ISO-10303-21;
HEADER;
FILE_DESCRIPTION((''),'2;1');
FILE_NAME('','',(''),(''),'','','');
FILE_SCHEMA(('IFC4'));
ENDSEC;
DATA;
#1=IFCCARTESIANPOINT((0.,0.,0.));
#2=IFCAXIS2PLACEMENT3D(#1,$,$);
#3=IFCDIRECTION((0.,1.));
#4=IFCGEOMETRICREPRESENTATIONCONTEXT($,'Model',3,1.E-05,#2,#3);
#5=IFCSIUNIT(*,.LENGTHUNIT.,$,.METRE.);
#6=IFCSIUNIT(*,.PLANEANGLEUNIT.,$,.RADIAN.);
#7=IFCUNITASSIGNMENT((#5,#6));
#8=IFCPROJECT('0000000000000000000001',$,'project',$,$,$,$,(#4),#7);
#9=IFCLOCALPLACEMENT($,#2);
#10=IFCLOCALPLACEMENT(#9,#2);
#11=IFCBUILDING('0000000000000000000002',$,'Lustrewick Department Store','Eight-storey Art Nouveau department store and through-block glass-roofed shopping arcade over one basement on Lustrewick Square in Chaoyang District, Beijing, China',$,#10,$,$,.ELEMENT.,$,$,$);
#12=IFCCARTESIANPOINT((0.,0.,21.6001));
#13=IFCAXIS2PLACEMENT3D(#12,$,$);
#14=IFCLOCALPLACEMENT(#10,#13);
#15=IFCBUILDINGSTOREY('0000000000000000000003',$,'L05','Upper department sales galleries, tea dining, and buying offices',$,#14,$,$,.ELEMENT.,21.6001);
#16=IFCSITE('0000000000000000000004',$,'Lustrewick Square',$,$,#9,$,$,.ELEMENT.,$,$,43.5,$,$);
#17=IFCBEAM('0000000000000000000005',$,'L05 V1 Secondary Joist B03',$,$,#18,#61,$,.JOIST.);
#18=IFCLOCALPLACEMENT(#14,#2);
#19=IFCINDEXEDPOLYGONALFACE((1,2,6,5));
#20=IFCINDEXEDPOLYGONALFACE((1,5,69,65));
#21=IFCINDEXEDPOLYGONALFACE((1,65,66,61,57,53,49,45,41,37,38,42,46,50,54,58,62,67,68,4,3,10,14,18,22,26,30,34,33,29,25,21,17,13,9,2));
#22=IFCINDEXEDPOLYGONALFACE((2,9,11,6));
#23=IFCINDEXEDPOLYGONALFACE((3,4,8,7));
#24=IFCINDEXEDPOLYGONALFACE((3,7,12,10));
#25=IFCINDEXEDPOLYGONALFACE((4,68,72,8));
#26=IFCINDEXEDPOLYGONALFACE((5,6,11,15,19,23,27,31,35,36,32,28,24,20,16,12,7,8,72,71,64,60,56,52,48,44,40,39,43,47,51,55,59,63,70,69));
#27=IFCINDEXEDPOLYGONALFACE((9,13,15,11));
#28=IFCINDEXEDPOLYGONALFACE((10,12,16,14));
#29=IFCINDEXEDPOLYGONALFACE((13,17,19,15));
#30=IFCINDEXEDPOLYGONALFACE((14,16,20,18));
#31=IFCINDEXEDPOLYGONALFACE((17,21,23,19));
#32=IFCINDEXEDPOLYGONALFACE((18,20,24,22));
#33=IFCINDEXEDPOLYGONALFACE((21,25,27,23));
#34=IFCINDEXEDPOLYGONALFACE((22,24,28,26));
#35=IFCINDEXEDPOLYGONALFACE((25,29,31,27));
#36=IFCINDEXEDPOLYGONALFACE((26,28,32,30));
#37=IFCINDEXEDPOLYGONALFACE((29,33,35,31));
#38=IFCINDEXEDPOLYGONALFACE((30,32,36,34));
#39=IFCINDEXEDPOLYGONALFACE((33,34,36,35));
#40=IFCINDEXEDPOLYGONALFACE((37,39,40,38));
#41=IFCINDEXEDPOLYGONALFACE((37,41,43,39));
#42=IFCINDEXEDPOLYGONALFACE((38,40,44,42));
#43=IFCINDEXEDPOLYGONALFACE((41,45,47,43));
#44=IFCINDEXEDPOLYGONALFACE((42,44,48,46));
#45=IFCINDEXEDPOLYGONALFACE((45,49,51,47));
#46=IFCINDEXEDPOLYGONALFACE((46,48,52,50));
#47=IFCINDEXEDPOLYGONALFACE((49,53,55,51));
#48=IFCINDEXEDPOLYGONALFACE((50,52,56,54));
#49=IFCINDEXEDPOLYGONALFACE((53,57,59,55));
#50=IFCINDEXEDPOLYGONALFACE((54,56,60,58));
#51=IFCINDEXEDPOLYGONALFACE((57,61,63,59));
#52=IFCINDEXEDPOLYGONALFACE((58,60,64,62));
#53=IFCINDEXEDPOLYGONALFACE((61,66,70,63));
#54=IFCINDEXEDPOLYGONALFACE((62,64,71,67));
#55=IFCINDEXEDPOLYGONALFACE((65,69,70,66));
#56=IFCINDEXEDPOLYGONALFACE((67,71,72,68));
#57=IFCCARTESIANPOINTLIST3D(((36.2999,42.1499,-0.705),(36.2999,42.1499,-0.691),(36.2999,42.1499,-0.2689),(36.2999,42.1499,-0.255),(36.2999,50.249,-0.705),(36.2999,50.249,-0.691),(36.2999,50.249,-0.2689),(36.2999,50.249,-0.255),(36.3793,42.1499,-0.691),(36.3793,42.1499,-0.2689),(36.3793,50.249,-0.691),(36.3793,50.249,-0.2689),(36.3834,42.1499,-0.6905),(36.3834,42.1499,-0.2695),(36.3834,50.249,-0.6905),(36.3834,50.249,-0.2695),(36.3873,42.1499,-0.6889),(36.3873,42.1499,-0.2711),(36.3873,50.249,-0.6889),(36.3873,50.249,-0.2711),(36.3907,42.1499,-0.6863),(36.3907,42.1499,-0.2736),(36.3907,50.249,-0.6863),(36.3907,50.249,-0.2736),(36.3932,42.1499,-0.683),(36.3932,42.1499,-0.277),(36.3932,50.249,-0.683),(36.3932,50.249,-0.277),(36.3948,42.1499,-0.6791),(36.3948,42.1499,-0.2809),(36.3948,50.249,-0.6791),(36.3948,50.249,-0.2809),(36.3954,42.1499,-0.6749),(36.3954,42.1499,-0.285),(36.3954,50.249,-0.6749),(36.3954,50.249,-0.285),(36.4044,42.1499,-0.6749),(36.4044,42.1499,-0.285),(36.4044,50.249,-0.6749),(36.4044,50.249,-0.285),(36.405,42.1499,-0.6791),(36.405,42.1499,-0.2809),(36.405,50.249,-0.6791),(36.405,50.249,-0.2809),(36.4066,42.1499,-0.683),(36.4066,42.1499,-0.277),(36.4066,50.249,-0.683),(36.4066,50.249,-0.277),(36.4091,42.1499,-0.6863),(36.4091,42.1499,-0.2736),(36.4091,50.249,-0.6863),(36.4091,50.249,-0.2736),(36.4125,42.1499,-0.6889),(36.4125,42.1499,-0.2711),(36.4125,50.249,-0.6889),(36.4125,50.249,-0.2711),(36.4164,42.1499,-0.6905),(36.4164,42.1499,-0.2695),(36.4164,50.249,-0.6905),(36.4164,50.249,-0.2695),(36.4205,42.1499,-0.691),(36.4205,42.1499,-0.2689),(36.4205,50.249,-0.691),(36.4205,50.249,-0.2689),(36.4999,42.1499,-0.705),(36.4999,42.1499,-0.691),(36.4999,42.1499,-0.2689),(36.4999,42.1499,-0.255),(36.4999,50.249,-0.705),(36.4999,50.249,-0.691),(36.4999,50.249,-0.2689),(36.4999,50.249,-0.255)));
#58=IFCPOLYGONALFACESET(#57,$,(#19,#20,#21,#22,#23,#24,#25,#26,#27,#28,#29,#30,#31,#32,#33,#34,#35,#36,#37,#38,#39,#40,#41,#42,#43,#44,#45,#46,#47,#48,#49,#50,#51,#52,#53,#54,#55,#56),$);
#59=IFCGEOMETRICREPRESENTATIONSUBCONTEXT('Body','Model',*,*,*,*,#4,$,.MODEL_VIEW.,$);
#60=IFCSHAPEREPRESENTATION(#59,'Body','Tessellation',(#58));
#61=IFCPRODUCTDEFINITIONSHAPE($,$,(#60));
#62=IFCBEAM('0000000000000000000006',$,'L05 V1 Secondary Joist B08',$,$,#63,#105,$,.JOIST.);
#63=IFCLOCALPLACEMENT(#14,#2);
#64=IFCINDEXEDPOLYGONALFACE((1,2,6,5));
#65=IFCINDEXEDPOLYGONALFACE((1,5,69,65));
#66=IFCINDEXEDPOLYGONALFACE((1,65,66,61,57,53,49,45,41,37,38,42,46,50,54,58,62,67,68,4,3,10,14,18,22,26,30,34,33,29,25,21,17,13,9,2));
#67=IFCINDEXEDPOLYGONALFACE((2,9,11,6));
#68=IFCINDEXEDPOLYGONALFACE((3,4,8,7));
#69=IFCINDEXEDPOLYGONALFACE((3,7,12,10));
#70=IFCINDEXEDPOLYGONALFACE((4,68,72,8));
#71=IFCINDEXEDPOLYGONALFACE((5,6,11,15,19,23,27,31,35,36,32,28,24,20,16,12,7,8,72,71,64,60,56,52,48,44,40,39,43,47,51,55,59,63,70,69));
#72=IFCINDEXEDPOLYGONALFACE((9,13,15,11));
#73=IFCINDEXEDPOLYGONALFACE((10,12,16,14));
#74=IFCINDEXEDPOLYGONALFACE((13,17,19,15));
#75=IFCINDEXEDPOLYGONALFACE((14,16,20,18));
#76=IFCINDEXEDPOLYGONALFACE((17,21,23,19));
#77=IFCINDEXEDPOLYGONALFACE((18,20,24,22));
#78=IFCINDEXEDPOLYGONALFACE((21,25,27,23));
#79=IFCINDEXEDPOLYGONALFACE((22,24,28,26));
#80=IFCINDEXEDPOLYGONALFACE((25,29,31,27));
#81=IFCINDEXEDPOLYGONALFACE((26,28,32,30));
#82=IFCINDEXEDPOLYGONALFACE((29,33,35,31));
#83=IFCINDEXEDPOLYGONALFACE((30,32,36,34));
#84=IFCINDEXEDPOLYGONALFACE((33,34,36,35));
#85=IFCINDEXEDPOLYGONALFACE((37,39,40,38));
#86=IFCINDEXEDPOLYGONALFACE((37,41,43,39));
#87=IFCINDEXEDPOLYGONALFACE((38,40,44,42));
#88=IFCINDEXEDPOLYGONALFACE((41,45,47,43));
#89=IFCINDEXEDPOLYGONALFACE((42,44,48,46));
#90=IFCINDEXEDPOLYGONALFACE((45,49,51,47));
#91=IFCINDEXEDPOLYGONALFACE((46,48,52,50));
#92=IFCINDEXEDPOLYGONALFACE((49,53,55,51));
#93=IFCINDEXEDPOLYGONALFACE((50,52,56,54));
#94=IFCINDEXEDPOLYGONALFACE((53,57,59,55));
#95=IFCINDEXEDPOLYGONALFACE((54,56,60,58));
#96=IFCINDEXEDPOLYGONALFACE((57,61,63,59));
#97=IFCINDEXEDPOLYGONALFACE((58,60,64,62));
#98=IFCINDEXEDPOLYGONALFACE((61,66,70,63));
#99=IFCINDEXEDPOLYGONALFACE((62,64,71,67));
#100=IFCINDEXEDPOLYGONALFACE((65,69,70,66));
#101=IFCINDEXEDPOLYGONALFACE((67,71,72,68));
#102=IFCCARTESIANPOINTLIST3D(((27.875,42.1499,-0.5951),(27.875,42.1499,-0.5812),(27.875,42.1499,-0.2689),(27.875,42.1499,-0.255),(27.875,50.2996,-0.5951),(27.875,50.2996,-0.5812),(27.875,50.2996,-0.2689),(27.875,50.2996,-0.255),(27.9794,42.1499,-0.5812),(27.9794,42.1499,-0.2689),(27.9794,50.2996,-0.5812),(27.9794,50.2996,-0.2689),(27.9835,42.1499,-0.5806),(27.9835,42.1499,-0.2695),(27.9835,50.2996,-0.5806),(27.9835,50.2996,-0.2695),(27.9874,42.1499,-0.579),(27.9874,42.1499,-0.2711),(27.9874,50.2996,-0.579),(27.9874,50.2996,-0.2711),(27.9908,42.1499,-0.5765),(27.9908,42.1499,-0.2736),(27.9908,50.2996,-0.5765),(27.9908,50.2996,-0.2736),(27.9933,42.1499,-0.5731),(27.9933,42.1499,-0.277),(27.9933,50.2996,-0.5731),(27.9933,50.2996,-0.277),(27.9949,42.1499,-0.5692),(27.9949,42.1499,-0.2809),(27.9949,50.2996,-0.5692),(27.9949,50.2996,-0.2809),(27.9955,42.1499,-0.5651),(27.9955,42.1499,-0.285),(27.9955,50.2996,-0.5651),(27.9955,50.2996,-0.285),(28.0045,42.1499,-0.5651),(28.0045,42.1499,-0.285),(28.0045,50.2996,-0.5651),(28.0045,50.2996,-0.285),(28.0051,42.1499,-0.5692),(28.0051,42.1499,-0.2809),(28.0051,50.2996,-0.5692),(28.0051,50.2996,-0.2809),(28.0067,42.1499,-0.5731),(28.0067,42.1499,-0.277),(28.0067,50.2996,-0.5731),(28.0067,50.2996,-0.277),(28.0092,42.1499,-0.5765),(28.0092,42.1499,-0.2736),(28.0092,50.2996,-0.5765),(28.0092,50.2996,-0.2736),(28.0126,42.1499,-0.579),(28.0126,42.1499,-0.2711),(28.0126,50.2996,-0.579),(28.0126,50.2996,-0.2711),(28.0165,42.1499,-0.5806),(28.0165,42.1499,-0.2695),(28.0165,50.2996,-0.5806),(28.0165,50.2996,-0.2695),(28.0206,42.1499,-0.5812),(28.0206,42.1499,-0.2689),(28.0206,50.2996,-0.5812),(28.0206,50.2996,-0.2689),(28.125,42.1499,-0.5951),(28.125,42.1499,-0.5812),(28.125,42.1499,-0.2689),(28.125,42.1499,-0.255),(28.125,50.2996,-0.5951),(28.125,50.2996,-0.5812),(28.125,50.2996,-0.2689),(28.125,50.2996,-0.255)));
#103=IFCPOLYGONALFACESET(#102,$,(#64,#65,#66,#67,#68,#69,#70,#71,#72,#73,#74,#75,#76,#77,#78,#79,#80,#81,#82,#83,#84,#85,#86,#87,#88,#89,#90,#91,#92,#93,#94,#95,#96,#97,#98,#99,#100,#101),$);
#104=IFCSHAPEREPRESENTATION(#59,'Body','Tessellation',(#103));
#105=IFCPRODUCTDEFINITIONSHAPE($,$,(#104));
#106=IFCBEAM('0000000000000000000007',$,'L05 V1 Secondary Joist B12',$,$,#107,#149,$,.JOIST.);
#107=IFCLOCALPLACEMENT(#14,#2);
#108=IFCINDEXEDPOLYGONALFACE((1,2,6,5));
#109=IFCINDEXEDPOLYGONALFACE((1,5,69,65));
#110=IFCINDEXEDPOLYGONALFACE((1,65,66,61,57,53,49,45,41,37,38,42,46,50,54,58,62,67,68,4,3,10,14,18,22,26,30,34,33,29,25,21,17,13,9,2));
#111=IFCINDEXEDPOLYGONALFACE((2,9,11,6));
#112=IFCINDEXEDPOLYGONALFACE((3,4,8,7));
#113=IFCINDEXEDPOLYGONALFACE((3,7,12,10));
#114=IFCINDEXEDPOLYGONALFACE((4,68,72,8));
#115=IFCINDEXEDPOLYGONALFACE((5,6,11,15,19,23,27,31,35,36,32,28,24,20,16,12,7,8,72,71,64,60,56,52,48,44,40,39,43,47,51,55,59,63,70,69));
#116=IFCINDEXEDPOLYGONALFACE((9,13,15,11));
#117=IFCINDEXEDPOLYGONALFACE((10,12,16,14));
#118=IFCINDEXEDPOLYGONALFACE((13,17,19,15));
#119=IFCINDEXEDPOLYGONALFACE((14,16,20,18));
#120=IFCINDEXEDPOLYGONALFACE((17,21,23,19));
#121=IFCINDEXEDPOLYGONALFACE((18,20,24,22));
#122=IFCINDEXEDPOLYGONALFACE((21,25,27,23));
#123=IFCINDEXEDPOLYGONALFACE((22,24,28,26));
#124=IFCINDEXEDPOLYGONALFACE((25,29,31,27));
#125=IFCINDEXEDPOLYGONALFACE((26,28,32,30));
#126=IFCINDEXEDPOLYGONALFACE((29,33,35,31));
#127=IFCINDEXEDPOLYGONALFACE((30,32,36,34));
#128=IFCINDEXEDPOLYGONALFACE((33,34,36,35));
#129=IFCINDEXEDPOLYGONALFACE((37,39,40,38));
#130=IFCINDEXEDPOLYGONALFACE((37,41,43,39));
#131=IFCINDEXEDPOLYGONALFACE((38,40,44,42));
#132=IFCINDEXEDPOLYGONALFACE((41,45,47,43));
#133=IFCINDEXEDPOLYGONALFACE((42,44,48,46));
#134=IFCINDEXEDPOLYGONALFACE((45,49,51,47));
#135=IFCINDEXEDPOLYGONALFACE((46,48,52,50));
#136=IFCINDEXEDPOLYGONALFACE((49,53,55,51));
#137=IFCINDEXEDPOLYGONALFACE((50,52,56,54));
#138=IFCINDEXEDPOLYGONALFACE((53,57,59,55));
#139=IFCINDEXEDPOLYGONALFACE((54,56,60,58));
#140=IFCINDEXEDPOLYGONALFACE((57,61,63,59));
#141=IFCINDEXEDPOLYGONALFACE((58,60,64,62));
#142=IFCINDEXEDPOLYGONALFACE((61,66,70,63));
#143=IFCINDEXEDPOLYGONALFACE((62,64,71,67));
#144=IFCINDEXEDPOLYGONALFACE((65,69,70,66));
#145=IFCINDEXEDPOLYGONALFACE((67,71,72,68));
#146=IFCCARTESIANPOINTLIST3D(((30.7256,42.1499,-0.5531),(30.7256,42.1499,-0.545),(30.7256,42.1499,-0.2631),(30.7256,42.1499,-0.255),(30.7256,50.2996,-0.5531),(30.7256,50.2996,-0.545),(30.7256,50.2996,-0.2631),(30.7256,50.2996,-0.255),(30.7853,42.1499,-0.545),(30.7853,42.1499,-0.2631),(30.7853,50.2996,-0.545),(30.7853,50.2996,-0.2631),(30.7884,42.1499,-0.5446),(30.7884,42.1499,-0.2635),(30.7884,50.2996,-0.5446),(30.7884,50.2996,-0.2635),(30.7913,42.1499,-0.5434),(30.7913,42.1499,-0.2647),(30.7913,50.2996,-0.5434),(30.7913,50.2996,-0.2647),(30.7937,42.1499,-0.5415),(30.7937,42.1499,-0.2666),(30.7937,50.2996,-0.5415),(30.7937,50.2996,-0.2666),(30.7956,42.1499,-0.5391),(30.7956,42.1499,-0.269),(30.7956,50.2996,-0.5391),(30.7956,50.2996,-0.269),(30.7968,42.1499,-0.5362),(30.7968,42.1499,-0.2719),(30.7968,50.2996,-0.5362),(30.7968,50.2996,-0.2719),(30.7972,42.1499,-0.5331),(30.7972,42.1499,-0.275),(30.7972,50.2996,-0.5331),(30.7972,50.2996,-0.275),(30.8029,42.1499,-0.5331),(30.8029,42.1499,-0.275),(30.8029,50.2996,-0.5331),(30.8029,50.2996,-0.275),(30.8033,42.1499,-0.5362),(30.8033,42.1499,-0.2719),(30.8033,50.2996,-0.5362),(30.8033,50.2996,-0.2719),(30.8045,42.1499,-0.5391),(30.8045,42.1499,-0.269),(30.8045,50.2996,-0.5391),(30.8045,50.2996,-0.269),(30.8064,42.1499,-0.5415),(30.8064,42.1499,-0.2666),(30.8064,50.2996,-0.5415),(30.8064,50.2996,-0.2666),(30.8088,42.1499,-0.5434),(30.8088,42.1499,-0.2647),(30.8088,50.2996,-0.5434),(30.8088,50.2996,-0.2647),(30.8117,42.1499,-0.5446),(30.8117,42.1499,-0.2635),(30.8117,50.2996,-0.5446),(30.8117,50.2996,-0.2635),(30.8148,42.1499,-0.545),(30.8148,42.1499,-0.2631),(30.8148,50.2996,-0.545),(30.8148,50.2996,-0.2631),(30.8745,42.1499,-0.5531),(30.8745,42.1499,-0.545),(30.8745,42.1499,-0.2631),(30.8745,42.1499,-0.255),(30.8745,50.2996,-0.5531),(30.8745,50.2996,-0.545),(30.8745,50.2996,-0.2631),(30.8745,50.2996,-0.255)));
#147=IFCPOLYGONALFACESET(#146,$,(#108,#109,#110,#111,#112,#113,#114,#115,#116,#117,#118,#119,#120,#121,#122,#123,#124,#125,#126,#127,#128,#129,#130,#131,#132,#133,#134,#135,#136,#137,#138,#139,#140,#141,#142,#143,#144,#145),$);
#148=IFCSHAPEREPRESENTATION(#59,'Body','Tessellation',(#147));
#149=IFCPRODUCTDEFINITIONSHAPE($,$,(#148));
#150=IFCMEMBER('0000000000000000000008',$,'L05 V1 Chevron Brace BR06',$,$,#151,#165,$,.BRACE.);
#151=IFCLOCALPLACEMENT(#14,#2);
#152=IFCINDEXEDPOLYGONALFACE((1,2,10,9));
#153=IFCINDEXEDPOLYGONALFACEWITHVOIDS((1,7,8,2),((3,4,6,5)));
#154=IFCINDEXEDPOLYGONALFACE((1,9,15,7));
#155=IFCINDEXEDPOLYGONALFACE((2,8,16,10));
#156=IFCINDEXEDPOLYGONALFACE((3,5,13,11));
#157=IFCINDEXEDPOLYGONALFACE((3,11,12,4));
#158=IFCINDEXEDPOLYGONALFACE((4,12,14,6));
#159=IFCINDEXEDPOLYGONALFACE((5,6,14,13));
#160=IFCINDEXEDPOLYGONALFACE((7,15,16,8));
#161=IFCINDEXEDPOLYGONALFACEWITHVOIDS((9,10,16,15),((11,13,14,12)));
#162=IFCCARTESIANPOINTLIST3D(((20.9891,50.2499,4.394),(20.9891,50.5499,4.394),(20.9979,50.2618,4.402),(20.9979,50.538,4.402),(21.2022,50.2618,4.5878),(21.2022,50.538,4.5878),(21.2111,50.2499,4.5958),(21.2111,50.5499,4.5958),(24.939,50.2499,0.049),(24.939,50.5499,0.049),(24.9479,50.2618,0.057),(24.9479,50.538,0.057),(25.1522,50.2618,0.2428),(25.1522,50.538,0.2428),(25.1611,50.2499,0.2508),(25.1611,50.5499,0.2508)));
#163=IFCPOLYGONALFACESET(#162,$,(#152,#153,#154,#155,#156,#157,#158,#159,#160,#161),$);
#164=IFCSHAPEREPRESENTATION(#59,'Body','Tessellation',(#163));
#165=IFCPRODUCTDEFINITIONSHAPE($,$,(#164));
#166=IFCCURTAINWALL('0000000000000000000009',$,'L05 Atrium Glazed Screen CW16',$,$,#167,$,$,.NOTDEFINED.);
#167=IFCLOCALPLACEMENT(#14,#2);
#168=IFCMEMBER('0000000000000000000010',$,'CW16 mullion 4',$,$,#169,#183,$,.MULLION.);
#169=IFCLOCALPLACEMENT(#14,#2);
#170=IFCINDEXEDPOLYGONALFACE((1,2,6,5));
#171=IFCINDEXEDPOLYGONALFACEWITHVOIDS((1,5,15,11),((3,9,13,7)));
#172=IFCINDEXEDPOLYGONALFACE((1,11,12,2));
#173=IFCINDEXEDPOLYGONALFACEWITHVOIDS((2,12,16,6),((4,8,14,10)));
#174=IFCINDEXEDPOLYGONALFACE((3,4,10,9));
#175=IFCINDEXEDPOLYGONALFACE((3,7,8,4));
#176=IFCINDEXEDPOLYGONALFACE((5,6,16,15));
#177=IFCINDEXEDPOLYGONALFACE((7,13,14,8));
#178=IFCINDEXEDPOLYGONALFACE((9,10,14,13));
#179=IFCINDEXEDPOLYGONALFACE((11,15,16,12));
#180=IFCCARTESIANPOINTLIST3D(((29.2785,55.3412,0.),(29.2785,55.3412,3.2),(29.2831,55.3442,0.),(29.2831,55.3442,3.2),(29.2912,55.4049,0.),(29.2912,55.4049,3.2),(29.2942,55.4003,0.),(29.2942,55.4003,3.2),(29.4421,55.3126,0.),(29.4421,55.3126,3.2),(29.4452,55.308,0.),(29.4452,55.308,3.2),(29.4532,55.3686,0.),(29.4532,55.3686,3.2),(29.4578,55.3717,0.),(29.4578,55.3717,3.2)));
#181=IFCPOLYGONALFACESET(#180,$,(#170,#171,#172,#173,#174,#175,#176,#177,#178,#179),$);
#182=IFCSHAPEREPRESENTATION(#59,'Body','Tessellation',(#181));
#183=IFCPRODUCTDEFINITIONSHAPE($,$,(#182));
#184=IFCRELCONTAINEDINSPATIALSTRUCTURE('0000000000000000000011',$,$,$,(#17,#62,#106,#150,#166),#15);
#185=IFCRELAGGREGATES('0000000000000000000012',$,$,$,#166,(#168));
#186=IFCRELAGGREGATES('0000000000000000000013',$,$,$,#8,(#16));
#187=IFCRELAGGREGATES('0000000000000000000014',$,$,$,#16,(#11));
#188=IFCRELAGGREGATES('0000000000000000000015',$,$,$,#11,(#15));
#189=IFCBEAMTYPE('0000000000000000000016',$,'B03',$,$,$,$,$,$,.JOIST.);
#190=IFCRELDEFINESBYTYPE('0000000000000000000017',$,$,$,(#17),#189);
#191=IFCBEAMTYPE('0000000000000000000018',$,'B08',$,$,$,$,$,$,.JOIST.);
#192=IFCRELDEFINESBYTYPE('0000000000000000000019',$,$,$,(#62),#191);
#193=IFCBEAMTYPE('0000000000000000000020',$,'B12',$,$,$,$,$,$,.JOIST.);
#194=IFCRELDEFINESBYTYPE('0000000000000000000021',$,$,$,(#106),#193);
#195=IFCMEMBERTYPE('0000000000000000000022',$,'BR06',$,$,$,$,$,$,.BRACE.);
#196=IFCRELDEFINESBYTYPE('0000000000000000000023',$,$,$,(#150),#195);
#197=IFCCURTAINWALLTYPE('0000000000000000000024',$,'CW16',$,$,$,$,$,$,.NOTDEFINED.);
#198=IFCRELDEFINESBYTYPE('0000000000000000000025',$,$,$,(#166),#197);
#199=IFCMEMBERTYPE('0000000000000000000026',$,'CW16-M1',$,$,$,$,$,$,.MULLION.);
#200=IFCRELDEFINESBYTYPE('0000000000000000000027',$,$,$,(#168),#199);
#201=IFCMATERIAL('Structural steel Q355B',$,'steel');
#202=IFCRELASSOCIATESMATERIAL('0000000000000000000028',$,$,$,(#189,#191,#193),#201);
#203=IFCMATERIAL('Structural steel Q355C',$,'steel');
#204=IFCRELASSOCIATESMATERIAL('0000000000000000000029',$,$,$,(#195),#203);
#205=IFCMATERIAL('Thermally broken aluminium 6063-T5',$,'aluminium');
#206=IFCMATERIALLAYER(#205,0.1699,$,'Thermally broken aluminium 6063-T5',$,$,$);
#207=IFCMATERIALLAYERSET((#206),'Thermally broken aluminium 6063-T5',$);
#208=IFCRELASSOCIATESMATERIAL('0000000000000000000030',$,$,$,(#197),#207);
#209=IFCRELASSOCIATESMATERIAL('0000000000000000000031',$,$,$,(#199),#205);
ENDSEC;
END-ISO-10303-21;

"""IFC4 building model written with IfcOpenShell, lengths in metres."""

from ifc_helpers import new_model, si_unit, direction, frame, origin, origin_2d, place, context, subcontext, project, spatial, hollow_rectangle, i_section, extrude, material, layer, layer_set, material_profile, profile_set, type_object, element, aggregate, save


model = new_model("IFC4")

# Units and contexts
model_context = context("Model", 3, precision=1e-05, world=origin(), true_north=direction((0.0, 1.0)))
body_context = subcontext(model_context, "Body", "Model", "MODEL_VIEW")
ifc_project = project(units=[si_unit("LENGTHUNIT", "METRE"), si_unit("PLANEANGLEUNIT", "RADIAN")], contexts=[model_context])

# Site, building, storey
site_placement = place(None, origin())
site = spatial("IfcSite", under=ifc_project, at=site_placement, Name="Lustrewick Square", CompositionType="ELEMENT", RefElevation=43.5)
building_placement = place(site_placement, origin())
building = spatial("IfcBuilding", under=site, at=building_placement, Name="Lustrewick Department Store", Description="Eight-storey Art Nouveau department store and through-block glass-roofed shopping arcade over one basement on Lustrewick Square in Chaoyang District, Beijing, China", CompositionType="ELEMENT")
storey_placement = place(building_placement, frame((0.0, 0.0, 21.6001)))
storey = spatial("IfcBuildingStorey", under=building, at=storey_placement, Name="L05", Description="Upper department sales galleries, tea dining, and buying offices", CompositionType="ELEMENT", Elevation=21.6001)

# Shared definitions
ifc_material_1 = material(Name="Structural steel Q355B", Category="steel")

# Beams
ifc_material_profile_1 = material_profile(ifc_material_1, i_section(OverallWidth=0.2, OverallDepth=0.45, WebThickness=0.009, FlangeThickness=0.0139, FilletRadius=0.0161, at=origin_2d()), Name="HN 450x200x9x14")
ifc_profile_set_1 = profile_set([ifc_material_profile_1], Name="Structural steel Q355B")
beam_type_1 = type_object("IfcBeamType", Name="B03", PredefinedType="JOIST", material=ifc_profile_set_1)
for number, where, z_axis, x_axis, name in (
    (1, (36.3999, 42.1499, -0.48), (0.0, 1.0, 0.0), (-1.0, 0.0, 0.0), "L05 V1 Secondary Joist B03"),
):
    element("IfcBeam", number, at=place(storey_placement, frame(where, z_axis=z_axis, x_axis=x_axis)), inside=storey, type_object=beam_type_1, Name=name, PredefinedType="JOIST", context=body_context, shape_type="SweptSolid", body=[
        extrude(i_section(OverallWidth=0.2, OverallDepth=0.45, WebThickness=0.009, FlangeThickness=0.0139, FilletRadius=0.0161, at=origin_2d()), origin(), (0.0, 0.0, 1.0), 8.0991),
    ])
ifc_material_profile_2 = material_profile(ifc_material_1, i_section(OverallWidth=0.25, OverallDepth=0.3401, WebThickness=0.009, FlangeThickness=0.0139, FilletRadius=0.0161, at=origin_2d()), Name="HM 340x250x9x14")
ifc_profile_set_2 = profile_set([ifc_material_profile_2], Name="Structural steel Q355B")
beam_type_2 = type_object("IfcBeamType", Name="B08", PredefinedType="JOIST", material=ifc_profile_set_2)
beam_1_placement = place(storey_placement, frame((28.0, 42.1499, -0.425), z_axis=(0.0, 1.0, 0.0), x_axis=(-1.0, 0.0, 0.0)))
element("IfcBeam", 2, at=beam_1_placement, inside=storey, type_object=beam_type_2, Name="L05 V1 Secondary Joist B08", PredefinedType="JOIST", context=body_context, shape_type="SweptSolid", body=[
    extrude(i_section(OverallWidth=0.25, OverallDepth=0.3401, WebThickness=0.009, FlangeThickness=0.0139, FilletRadius=0.0161, at=origin_2d()), origin(), (0.0, 0.0, 1.0), 8.1497),
])
ifc_material_profile_3 = material_profile(ifc_material_1, i_section(OverallWidth=0.1489, OverallDepth=0.2981, WebThickness=0.0056, FlangeThickness=0.0081, FilletRadius=0.012, at=origin_2d()), Name="HN 298x149x5.5x8")
ifc_profile_set_3 = profile_set([ifc_material_profile_3], Name="Structural steel Q355B")
beam_type_3 = type_object("IfcBeamType", Name="B12", PredefinedType="JOIST", material=ifc_profile_set_3)
beam_2_placement = place(storey_placement, frame((30.8, 42.1499, -0.4041), z_axis=(0.0, 1.0, 0.0), x_axis=(-1.0, 0.0, 0.0)))
element("IfcBeam", 3, at=beam_2_placement, inside=storey, type_object=beam_type_3, Name="L05 V1 Secondary Joist B12", PredefinedType="JOIST", context=body_context, shape_type="SweptSolid", body=[
    extrude(i_section(OverallWidth=0.1489, OverallDepth=0.2981, WebThickness=0.0056, FlangeThickness=0.0081, FilletRadius=0.012, at=origin_2d()), origin(), (0.0, 0.0, 1.0), 8.1497),
])

# Member
ifc_material_2 = material(Name="Structural steel Q355C", Category="steel")
ifc_material_profile_4 = material_profile(ifc_material_2, hollow_rectangle(XDim=0.3, YDim=0.3, WallThickness=0.012, at=origin_2d()), Name="SHS 300x300x12")
ifc_profile_set_4 = profile_set([ifc_material_profile_4], Name="Structural steel Q355C")
member_type_1 = type_object("IfcMemberType", Name="BR06", PredefinedType="BRACE", material=ifc_profile_set_4)
member_1_placement = place(storey_placement, frame((25.05, 50.3999, 0.1499), z_axis=(-0.672671, 0.0, 0.739942), x_axis=(0.0, -1.0, 0.0)))
element("IfcMember", 4, at=member_1_placement, inside=storey, type_object=member_type_1, Name="L05 V1 Chevron Brace BR06", PredefinedType="BRACE", context=body_context, shape_type="SweptSolid", body=[
    extrude(hollow_rectangle(XDim=0.3, YDim=0.3, WallThickness=0.012, at=origin_2d()), origin(), (0.0, 0.0, 1.0), 5.8721),
])

# Curtain wall, member
ifc_material_3 = material(Name="Thermally broken aluminium 6063-T5", Category="aluminium")
ifc_layer_1 = layer(ifc_material_3, 0.1699, Name="Thermally broken aluminium 6063-T5")
ifc_layer_set_1 = layer_set([ifc_layer_1], Name="Thermally broken aluminium 6063-T5")
curtain_wall_type = type_object("IfcCurtainWallType", Name="CW16", PredefinedType="NOTDEFINED", material=ifc_layer_set_1)
curtain_wall_placement = place(storey_placement, origin())
curtain_wall = element("IfcCurtainWall", 5, at=curtain_wall_placement, inside=storey, type_object=curtain_wall_type, Name="L05 Atrium Glazed Screen CW16", PredefinedType="NOTDEFINED")
ifc_material_profile_5 = material_profile(ifc_material_3, hollow_rectangle(XDim=0.0649, YDim=0.1699, WallThickness=0.0039, at=origin_2d()), Name="ALU-M 65x170x4")
ifc_profile_set_5 = profile_set([ifc_material_profile_5], Name="Thermally broken aluminium 6063-T5")
member_type_2 = type_object("IfcMemberType", Name="CW16-M1", PredefinedType="MULLION", material=ifc_profile_set_5)
member_2_placement = place(storey_placement, frame((29.3682, 55.3564, 0.0), z_axis=(0.0, 0.0, 1.0), x_axis=(0.195085, 0.980786, 0.0)))
member_2 = element("IfcMember", 6, at=member_2_placement, type_object=member_type_2, Name="CW16 mullion 4", PredefinedType="MULLION", context=body_context, shape_type="SweptSolid", body=[
    extrude(hollow_rectangle(XDim=0.0649, YDim=0.1699, WallThickness=0.0039, at=origin_2d()), origin(), (0.0, 0.0, 1.0), 3.2),
])

aggregate(curtain_wall, [member_2])

save(model, "model.ifc")
